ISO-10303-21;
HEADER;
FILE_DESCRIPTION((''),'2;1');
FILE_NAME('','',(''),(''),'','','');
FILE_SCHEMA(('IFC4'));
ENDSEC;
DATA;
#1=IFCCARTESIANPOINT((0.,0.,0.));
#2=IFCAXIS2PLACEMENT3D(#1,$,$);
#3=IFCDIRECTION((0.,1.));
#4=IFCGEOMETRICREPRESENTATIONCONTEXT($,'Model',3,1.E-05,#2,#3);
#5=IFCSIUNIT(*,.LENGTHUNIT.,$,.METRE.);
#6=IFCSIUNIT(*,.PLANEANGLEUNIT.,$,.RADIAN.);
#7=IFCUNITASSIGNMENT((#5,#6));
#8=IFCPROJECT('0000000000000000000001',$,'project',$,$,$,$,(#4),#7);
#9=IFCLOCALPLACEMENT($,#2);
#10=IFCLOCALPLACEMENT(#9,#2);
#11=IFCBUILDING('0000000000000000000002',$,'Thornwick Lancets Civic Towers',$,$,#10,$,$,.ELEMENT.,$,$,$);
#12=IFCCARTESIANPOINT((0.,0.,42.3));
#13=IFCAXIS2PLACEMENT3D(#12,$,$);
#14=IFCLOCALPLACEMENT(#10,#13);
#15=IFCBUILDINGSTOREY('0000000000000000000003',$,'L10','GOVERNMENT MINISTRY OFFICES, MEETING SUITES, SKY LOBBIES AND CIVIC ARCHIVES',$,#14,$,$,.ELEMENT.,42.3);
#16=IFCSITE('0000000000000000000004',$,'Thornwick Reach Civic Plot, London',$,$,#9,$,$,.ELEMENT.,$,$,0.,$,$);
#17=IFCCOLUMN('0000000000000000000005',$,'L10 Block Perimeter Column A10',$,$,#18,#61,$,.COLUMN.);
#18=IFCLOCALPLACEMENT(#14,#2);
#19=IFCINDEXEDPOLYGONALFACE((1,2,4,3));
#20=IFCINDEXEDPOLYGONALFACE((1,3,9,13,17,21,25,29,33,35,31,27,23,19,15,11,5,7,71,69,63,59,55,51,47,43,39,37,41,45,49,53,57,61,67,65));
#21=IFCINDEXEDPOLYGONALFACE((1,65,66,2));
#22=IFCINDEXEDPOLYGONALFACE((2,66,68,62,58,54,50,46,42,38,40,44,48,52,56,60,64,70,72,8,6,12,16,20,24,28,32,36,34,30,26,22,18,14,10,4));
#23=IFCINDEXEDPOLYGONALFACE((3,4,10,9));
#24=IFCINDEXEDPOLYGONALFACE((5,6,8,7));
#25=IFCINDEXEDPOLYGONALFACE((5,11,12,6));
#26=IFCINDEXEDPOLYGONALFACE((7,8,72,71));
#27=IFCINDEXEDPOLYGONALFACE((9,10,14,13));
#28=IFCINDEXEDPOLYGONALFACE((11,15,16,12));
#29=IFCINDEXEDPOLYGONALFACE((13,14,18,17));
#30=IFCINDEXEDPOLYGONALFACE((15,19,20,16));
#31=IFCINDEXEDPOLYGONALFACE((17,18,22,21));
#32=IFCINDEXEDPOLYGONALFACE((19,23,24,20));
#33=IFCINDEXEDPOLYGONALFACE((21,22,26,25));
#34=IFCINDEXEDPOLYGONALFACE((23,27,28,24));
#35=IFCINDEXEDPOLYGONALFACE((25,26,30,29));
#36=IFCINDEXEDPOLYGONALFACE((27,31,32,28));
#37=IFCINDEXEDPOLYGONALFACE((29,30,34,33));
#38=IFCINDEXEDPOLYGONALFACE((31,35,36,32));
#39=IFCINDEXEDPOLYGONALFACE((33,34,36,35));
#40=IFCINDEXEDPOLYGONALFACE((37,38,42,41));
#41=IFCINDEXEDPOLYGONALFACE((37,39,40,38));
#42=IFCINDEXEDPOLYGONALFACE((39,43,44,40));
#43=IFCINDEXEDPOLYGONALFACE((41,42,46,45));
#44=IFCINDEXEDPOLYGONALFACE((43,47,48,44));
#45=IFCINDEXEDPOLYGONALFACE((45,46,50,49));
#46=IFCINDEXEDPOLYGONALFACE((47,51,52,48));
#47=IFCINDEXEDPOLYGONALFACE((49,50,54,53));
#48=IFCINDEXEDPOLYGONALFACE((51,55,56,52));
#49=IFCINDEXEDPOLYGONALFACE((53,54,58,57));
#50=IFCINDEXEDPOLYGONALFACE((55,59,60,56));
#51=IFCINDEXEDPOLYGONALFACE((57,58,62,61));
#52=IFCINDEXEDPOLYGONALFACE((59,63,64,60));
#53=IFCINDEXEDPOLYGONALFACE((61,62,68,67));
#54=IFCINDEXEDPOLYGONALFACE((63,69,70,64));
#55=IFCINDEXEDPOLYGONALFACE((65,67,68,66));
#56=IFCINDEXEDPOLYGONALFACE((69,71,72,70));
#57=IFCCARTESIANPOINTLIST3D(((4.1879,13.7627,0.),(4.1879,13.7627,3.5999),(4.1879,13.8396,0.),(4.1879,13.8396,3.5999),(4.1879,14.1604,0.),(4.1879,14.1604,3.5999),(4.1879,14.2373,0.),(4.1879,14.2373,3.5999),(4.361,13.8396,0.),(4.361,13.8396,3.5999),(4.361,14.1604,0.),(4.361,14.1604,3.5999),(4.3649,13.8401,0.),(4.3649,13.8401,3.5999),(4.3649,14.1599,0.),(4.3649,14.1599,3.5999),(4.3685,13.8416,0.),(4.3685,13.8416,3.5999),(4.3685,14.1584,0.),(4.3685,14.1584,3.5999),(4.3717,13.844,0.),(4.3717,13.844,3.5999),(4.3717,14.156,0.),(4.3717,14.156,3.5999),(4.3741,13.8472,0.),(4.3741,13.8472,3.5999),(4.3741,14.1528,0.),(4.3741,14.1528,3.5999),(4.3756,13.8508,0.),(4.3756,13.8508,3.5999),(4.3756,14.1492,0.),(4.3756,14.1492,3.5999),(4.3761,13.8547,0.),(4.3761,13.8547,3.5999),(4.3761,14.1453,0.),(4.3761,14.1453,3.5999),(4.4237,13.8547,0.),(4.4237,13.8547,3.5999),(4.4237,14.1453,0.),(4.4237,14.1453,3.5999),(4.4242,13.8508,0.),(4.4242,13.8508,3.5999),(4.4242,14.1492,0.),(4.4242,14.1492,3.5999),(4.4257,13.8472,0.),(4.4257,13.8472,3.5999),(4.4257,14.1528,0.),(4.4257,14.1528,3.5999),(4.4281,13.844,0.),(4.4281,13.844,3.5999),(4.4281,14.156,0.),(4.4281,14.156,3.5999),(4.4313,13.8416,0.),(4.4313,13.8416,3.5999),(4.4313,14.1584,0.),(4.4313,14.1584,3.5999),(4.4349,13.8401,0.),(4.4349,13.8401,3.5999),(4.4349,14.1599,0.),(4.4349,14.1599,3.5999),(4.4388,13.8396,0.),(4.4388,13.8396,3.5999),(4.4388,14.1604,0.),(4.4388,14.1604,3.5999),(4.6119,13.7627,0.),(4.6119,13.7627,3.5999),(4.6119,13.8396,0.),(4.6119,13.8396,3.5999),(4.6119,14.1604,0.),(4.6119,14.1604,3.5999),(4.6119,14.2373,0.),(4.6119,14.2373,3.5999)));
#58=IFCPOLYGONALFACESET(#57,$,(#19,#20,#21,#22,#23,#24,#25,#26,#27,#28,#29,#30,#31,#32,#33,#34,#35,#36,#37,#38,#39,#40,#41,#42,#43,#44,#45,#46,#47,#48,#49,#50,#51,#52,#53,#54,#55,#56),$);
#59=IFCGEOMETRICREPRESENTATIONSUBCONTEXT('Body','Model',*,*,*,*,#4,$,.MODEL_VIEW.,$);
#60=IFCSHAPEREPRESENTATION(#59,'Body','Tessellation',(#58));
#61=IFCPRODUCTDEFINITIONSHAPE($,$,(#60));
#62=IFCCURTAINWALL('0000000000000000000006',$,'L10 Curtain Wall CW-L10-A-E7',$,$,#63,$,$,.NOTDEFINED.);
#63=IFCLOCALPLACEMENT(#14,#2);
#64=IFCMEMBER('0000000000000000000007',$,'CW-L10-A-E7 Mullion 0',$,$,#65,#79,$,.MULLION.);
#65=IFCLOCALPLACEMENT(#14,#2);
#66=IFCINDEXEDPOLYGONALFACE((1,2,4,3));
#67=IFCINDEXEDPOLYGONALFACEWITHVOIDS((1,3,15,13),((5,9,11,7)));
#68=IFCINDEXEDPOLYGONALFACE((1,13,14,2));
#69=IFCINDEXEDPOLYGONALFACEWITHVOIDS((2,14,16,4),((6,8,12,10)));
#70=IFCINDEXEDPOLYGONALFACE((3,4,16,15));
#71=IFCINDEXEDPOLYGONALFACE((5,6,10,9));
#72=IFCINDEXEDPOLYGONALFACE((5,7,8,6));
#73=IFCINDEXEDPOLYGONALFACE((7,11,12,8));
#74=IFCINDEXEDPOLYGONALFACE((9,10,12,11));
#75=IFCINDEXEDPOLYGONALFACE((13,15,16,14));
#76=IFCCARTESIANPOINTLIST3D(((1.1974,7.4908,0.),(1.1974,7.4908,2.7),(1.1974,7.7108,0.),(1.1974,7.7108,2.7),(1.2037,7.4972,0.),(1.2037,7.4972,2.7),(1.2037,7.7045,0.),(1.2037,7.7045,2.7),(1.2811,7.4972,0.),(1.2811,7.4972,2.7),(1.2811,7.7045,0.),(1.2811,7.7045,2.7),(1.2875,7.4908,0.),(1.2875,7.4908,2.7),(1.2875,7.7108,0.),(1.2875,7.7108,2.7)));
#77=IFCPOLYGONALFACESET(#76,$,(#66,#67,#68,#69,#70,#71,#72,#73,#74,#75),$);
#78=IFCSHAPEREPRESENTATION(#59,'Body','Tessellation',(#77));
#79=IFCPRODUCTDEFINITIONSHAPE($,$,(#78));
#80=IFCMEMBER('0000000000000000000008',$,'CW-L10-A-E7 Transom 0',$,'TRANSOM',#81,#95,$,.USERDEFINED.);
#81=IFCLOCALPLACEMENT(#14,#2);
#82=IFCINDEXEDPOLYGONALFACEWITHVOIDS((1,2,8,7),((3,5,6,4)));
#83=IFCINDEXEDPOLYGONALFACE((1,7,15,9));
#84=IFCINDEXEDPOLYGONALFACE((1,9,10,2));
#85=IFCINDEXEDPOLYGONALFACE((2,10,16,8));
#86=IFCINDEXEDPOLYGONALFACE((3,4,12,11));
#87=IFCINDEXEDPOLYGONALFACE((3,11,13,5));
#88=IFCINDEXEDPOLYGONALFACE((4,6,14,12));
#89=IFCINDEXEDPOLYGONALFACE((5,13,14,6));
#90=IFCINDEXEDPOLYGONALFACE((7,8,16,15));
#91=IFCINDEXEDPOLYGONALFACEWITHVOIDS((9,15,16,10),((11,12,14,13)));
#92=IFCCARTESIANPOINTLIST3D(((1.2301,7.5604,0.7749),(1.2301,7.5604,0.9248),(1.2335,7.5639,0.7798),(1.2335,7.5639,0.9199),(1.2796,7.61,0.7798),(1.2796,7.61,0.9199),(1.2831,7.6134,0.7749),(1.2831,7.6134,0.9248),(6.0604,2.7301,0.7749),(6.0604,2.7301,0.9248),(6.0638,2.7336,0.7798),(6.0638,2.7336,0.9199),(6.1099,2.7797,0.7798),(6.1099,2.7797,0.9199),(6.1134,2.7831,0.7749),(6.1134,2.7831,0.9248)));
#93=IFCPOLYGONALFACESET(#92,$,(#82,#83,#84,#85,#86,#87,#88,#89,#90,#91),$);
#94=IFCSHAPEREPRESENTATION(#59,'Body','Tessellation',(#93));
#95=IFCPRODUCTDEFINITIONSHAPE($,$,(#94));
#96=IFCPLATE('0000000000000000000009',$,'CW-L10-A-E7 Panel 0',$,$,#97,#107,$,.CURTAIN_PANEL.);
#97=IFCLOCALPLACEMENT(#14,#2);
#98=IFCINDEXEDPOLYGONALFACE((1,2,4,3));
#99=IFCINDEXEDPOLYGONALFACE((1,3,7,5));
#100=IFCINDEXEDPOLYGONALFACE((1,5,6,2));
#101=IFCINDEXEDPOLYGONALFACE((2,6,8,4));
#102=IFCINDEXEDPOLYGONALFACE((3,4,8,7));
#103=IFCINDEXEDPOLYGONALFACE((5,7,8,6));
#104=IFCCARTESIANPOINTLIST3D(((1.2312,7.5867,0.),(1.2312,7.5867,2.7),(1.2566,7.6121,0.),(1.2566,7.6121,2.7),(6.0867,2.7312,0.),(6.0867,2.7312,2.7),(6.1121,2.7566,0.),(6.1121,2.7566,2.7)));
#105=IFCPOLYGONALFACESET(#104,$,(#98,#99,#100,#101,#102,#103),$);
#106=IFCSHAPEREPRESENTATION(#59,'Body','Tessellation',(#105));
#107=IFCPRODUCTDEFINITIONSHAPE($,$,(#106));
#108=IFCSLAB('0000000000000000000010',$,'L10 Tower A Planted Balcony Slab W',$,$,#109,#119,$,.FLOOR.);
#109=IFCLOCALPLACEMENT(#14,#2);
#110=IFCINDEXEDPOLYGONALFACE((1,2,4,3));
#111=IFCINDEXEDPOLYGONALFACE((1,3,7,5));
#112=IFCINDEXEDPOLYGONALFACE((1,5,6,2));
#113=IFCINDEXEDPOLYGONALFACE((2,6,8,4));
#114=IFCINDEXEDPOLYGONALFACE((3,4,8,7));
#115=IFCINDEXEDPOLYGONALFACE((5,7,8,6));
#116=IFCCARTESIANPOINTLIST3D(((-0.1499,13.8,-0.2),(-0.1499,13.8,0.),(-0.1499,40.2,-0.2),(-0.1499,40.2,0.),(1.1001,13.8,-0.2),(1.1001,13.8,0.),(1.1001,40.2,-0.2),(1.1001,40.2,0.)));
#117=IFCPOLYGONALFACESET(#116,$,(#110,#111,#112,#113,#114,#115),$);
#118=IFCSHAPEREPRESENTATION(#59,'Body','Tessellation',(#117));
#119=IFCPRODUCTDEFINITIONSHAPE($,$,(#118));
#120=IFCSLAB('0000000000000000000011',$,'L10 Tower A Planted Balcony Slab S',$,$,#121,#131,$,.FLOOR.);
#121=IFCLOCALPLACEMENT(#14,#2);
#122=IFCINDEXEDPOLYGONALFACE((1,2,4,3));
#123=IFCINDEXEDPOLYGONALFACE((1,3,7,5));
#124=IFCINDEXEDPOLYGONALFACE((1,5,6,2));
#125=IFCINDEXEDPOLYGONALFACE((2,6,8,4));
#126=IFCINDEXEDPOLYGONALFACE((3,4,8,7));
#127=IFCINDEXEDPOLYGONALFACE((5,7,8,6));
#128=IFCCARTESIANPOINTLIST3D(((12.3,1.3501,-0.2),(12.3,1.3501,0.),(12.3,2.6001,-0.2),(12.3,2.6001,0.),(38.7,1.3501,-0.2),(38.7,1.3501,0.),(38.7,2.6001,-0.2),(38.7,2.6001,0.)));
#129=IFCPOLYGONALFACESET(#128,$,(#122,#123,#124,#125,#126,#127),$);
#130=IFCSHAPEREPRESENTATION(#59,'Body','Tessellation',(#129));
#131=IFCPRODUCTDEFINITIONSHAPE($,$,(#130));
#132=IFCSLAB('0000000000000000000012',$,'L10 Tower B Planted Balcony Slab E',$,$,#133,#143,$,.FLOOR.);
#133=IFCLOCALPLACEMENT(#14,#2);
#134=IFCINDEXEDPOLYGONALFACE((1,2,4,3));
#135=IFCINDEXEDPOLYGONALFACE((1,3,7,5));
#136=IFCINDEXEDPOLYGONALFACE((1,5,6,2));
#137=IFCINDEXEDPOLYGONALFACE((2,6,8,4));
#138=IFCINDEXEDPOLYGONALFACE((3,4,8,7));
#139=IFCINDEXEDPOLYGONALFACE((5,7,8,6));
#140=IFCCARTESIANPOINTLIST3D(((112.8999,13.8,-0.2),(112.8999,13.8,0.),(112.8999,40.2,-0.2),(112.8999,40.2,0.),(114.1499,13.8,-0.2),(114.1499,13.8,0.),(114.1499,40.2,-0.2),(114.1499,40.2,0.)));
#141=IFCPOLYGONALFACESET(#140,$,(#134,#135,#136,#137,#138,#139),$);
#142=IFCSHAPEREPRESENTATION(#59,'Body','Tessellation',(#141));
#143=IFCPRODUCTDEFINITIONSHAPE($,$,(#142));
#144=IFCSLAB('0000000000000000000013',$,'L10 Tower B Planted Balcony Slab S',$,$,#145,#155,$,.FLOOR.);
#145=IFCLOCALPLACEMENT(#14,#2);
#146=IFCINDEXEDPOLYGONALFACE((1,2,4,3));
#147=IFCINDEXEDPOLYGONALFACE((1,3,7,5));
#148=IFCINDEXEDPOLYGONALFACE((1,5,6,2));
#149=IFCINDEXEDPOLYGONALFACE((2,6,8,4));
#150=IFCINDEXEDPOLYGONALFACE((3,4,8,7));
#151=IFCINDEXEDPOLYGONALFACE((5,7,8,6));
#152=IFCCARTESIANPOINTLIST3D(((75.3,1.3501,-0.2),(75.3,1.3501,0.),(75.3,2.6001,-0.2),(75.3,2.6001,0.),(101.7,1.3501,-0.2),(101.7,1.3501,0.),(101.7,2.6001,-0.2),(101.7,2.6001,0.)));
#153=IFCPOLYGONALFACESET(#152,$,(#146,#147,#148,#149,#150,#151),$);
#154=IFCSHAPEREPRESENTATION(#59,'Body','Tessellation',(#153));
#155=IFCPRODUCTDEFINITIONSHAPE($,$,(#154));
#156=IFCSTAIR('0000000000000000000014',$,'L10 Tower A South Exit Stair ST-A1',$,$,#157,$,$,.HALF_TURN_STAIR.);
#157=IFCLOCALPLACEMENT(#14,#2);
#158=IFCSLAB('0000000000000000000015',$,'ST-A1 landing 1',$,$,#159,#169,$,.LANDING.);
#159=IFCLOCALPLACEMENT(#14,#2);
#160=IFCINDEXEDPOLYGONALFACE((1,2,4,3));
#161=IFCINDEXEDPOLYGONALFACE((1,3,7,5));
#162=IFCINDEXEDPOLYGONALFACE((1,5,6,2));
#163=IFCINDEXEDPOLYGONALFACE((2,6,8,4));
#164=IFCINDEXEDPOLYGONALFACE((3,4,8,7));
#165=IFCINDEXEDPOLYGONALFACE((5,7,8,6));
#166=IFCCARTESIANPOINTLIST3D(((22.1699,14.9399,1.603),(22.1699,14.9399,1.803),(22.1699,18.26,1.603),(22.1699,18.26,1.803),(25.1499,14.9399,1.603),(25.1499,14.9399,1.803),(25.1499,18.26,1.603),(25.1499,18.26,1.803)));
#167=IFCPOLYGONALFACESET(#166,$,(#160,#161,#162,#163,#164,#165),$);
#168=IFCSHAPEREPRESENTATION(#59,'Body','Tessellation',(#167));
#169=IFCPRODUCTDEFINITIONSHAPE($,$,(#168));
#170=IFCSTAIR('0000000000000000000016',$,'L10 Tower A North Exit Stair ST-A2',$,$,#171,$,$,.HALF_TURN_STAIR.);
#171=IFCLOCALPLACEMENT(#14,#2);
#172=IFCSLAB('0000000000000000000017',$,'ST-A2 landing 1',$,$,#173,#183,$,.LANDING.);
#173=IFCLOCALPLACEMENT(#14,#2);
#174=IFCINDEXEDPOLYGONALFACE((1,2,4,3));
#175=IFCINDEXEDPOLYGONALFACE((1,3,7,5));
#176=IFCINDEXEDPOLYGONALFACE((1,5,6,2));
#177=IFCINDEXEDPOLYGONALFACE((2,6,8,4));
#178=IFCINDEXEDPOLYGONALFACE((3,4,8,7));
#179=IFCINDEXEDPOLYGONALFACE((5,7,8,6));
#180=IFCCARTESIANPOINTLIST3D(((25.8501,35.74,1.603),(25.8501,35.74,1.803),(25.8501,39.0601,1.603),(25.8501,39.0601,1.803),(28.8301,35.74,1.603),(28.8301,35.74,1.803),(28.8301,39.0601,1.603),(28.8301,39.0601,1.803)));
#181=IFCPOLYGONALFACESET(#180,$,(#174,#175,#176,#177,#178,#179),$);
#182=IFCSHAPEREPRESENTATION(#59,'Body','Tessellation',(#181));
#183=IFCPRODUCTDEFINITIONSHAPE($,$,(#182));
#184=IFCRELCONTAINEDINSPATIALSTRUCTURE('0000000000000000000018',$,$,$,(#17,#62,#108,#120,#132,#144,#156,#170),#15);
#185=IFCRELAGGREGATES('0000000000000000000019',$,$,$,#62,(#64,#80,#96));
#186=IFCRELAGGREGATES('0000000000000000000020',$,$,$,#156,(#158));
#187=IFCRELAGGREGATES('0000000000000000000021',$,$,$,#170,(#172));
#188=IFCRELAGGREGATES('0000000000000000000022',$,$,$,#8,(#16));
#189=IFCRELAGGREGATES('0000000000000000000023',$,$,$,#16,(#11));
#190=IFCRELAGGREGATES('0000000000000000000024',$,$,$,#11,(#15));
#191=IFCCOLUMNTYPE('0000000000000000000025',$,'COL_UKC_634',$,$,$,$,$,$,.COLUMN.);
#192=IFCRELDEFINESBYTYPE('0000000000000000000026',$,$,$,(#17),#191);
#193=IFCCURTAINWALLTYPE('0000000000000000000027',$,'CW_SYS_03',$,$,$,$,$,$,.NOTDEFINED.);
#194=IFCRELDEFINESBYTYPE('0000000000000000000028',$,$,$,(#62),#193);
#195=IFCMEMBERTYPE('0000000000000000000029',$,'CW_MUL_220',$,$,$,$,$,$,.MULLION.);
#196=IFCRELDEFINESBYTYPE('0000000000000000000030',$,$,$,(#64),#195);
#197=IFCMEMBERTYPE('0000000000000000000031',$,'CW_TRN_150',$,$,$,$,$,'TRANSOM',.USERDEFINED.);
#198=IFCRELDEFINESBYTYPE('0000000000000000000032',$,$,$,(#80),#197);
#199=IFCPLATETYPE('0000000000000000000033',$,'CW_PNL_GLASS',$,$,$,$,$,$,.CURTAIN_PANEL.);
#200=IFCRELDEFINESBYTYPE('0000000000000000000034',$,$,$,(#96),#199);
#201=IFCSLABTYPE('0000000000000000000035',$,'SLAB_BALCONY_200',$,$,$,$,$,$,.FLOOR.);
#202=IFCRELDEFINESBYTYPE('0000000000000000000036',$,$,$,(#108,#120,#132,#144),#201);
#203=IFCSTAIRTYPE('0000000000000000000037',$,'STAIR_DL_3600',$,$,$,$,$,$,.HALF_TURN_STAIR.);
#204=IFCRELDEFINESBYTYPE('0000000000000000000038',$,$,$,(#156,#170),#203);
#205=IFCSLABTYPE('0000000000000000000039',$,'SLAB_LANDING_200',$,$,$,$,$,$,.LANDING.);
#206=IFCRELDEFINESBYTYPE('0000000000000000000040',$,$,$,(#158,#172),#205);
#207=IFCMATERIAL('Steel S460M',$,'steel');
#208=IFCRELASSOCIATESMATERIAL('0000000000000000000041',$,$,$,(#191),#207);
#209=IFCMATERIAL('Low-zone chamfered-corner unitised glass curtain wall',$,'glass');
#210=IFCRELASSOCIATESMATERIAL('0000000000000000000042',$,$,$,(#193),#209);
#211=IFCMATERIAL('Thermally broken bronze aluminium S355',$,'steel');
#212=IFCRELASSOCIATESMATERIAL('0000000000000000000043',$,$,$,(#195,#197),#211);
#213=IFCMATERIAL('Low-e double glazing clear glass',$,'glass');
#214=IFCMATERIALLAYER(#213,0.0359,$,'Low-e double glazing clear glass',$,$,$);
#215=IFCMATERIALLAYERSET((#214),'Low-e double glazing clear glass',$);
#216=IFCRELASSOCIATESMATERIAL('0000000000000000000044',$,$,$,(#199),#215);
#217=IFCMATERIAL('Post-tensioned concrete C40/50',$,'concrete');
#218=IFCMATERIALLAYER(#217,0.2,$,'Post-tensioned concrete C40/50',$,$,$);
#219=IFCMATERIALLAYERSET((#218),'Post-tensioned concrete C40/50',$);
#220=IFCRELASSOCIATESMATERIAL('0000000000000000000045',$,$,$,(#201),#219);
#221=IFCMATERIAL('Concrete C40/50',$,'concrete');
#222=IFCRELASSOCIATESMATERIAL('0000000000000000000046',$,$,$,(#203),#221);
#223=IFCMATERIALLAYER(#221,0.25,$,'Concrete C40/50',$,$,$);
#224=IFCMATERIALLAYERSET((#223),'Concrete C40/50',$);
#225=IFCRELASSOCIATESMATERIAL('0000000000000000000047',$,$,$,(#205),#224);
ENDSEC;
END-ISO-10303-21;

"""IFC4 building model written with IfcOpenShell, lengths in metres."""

from ifc_helpers import new_model, si_unit, direction, frame, origin, origin_2d, place, context, subcontext, project, spatial, polyline, rectangle, hollow_rectangle, i_section, outline, extrude, material, layer, layer_set, material_profile, profile_set, type_object, element, aggregate, save


model = new_model("IFC4")

# Units and contexts
model_context = context("Model", 3, precision=1e-05, world=origin(), true_north=direction((0.0, 1.0)))
body_context = subcontext(model_context, "Body", "Model", "MODEL_VIEW")
ifc_project = project(units=[si_unit("LENGTHUNIT", "METRE"), si_unit("PLANEANGLEUNIT", "RADIAN")], contexts=[model_context])

# Site, building, storey
site_placement = place(None, origin())
site = spatial("IfcSite", under=ifc_project, at=site_placement, Name="Thornwick Reach Civic Plot, London", CompositionType="ELEMENT", RefElevation=0.0)
building_placement = place(site_placement, origin())
building = spatial("IfcBuilding", under=site, at=building_placement, Name="Thornwick Lancets Civic Towers", CompositionType="ELEMENT")
storey_placement = place(building_placement, frame((0.0, 0.0, 42.3)))
storey = spatial("IfcBuildingStorey", under=building, at=storey_placement, Name="L10", Description="GOVERNMENT MINISTRY OFFICES, MEETING SUITES, SKY LOBBIES AND CIVIC ARCHIVES", CompositionType="ELEMENT", Elevation=42.3)

# Column
ifc_material_1 = material(Name="Steel S460M", Category="steel")
ifc_material_profile_1 = material_profile(ifc_material_1, i_section(OverallWidth=0.4241, OverallDepth=0.4746, WebThickness=0.0476, FlangeThickness=0.0769, FilletRadius=0.0151, at=origin_2d()), Name="UKC 356x406x634")
ifc_profile_set_1 = profile_set([ifc_material_profile_1], Name="Steel S460M")
column_type = type_object("IfcColumnType", Name="COL_UKC_634", PredefinedType="COLUMN", material=ifc_profile_set_1)
column_placement = place(storey_placement, frame((4.3999, 14.0, 0.0), z_axis=(0.0, 0.0, 1.0), x_axis=(1.0, 0.0, 0.0)))
element("IfcColumn", 1, at=column_placement, inside=storey, type_object=column_type, Name="L10 Block Perimeter Column A10", PredefinedType="COLUMN", context=body_context, shape_type="SweptSolid", body=[
    extrude(i_section(OverallWidth=0.4241, OverallDepth=0.4746, WebThickness=0.0476, FlangeThickness=0.0769, FilletRadius=0.0151, at=origin_2d()), origin(), (0.0, 0.0, 1.0), 3.5999),
])

# Curtain wall, members, plate
ifc_material_2 = material(Name="Low-zone chamfered-corner unitised glass curtain wall", Category="glass")
curtain_wall_type = type_object("IfcCurtainWallType", Name="CW_SYS_03", PredefinedType="NOTDEFINED", material=ifc_material_2)
curtain_wall_placement = place(storey_placement, origin())
curtain_wall = element("IfcCurtainWall", 2, at=curtain_wall_placement, inside=storey, type_object=curtain_wall_type, Name="L10 Curtain Wall CW-L10-A-E7", PredefinedType="NOTDEFINED")
ifc_material_3 = material(Name="Thermally broken bronze aluminium S355", Category="steel")
ifc_material_profile_2 = material_profile(ifc_material_3, hollow_rectangle(XDim=0.0901, YDim=0.22, WallThickness=0.0063, at=origin_2d()), Name="RHS 220x90x6.3")
ifc_profile_set_2 = profile_set([ifc_material_profile_2], Name="Thermally broken bronze aluminium S355")
member_type_1 = type_object("IfcMemberType", Name="CW_MUL_220", PredefinedType="MULLION", material=ifc_profile_set_2)
member_1_placement = place(storey_placement, frame((1.2424, 7.6008, 0.0), z_axis=(0.0, 0.0, 1.0), x_axis=(1.0, 0.0, 0.0)))
member_1 = element("IfcMember", 3, at=member_1_placement, type_object=member_type_1, Name="CW-L10-A-E7 Mullion 0", PredefinedType="MULLION", context=body_context, shape_type="SweptSolid", body=[
    extrude(hollow_rectangle(XDim=0.0901, YDim=0.22, WallThickness=0.0063, at=origin_2d()), origin(), (0.0, 0.0, 1.0), 2.7),
])
ifc_material_profile_3 = material_profile(ifc_material_3, hollow_rectangle(XDim=0.075, YDim=0.1499, WallThickness=0.0049, at=origin_2d()), Name="RHS 150x75x5")
ifc_profile_set_3 = profile_set([ifc_material_profile_3], Name="Thermally broken bronze aluminium S355")
member_type_2 = type_object("IfcMemberType", Name="CW_TRN_150", ElementType="TRANSOM", PredefinedType="USERDEFINED", material=ifc_profile_set_3)
member_2_placement = place(storey_placement, frame((1.2566, 7.5869, 0.8499), z_axis=(0.707107, -0.707107, 0.0), x_axis=(0.707107, 0.707107, 0.0)))
member_2 = element("IfcMember", 4, at=member_2_placement, type_object=member_type_2, Name="CW-L10-A-E7 Transom 0", ObjectType="TRANSOM", PredefinedType="USERDEFINED", context=body_context, shape_type="SweptSolid", body=[
    extrude(hollow_rectangle(XDim=0.075, YDim=0.1499, WallThickness=0.0049, at=origin_2d()), origin(), (0.0, 0.0, 1.0), 6.8311),
])
ifc_material_4 = material(Name="Low-e double glazing clear glass", Category="glass")
ifc_layer_1 = layer(ifc_material_4, 0.0359, Name="Low-e double glazing clear glass")
ifc_layer_set_1 = layer_set([ifc_layer_1], Name="Low-e double glazing clear glass")
plate_type = type_object("IfcPlateType", Name="CW_PNL_GLASS", PredefinedType="CURTAIN_PANEL", material=ifc_layer_set_1)
plate_placement = place(storey_placement, frame((3.6716, 5.1716, 0.0), z_axis=(0.0, 0.0, 1.0), x_axis=(0.707107, -0.707107, 0.0)))
plate = element("IfcPlate", 5, at=plate_placement, type_object=plate_type, Name="CW-L10-A-E7 Panel 0", PredefinedType="CURTAIN_PANEL", context=body_context, shape_type="SweptSolid", body=[
    extrude(rectangle(XDim=6.8667, YDim=0.0359, at=origin_2d()), origin(), (0.0, 0.0, 1.0), 2.7),
])
aggregate(curtain_wall, [member_1, member_2, plate])

# Slabs
ifc_material_5 = material(Name="Post-tensioned concrete C40/50", Category="concrete")
ifc_layer_2 = layer(ifc_material_5, 0.2, Name="Post-tensioned concrete C40/50")
ifc_layer_set_2 = layer_set([ifc_layer_2], Name="Post-tensioned concrete C40/50")
slab_type_1 = type_object("IfcSlabType", Name="SLAB_BALCONY_200", PredefinedType="FLOOR", material=ifc_layer_set_2)
slab_1_placement = place(storey_placement, frame((0.0, 0.0, -0.2)))
element("IfcSlab", 6, at=slab_1_placement, inside=storey, type_object=slab_type_1, Name="L10 Tower A Planted Balcony Slab W", PredefinedType="FLOOR", context=body_context, shape_type="SweptSolid", body=[
    extrude(outline(polyline([(-0.1499, 13.8), (1.1001, 13.8), (1.1001, 40.2), (-0.1499, 40.2), (-0.1499, 13.8)])), origin(), (0.0, 0.0, 1.0), 0.2),
])
slab_2_placement = place(storey_placement, frame((0.0, 0.0, -0.2)))
element("IfcSlab", 7, at=slab_2_placement, inside=storey, type_object=slab_type_1, Name="L10 Tower A Planted Balcony Slab S", PredefinedType="FLOOR", context=body_context, shape_type="SweptSolid", body=[
    extrude(outline(polyline([(12.3, 1.3501), (38.7, 1.3501), (38.7, 2.6001), (12.3, 2.6001), (12.3, 1.3501)])), origin(), (0.0, 0.0, 1.0), 0.2),
])
slab_3_placement = place(storey_placement, frame((0.0, 0.0, -0.2)))
element("IfcSlab", 8, at=slab_3_placement, inside=storey, type_object=slab_type_1, Name="L10 Tower B Planted Balcony Slab E", PredefinedType="FLOOR", context=body_context, shape_type="SweptSolid", body=[
    extrude(outline(polyline([(112.8999, 13.8), (114.1499, 13.8), (114.1499, 40.2), (112.8999, 40.2), (112.8999, 13.8)])), origin(), (0.0, 0.0, 1.0), 0.2),
])
slab_4_placement = place(storey_placement, frame((0.0, 0.0, -0.2)))
element("IfcSlab", 9, at=slab_4_placement, inside=storey, type_object=slab_type_1, Name="L10 Tower B Planted Balcony Slab S", PredefinedType="FLOOR", context=body_context, shape_type="SweptSolid", body=[
    extrude(outline(polyline([(75.3, 1.3501), (101.7, 1.3501), (101.7, 2.6001), (75.3, 2.6001), (75.3, 1.3501)])), origin(), (0.0, 0.0, 1.0), 0.2),
])

# Stairs, slabs
ifc_material_6 = material(Name="Concrete C40/50", Category="concrete")
stair_type = type_object("IfcStairType", Name="STAIR_DL_3600", PredefinedType="HALF_TURN_STAIR", material=ifc_material_6)
stair_1_placement = place(storey_placement, origin())
stair_1 = element("IfcStair", 10, at=stair_1_placement, inside=storey, type_object=stair_type, Name="L10 Tower A South Exit Stair ST-A1", PredefinedType="HALF_TURN_STAIR")
ifc_layer_3 = layer(ifc_material_6, 0.25, Name="Concrete C40/50")
ifc_layer_set_3 = layer_set([ifc_layer_3], Name="Concrete C40/50")
slab_type_2 = type_object("IfcSlabType", Name="SLAB_LANDING_200", PredefinedType="LANDING", material=ifc_layer_set_3)
slab_5_placement = place(storey_placement, frame((0.0, 0.0, 1.603)))
slab_5 = element("IfcSlab", 11, at=slab_5_placement, type_object=slab_type_2, Name="ST-A1 landing 1", PredefinedType="LANDING", context=body_context, shape_type="SweptSolid", body=[
    extrude(outline(polyline([(22.1699, 14.9399), (25.1499, 14.9399), (25.1499, 18.26), (22.1699, 18.26), (22.1699, 14.9399)])), origin(), (0.0, 0.0, 1.0), 0.2),
])
aggregate(stair_1, [slab_5])
stair_2_placement = place(storey_placement, origin())
stair_2 = element("IfcStair", 12, at=stair_2_placement, inside=storey, type_object=stair_type, Name="L10 Tower A North Exit Stair ST-A2", PredefinedType="HALF_TURN_STAIR")
slab_6_placement = place(storey_placement, frame((0.0, 0.0, 1.603)))
slab_6 = element("IfcSlab", 13, at=slab_6_placement, type_object=slab_type_2, Name="ST-A2 landing 1", PredefinedType="LANDING", context=body_context, shape_type="SweptSolid", body=[
    extrude(outline(polyline([(28.8301, 39.0601), (25.8501, 39.0601), (25.8501, 35.74), (28.8301, 35.74), (28.8301, 39.0601)])), origin(), (0.0, 0.0, 1.0), 0.2),
])
aggregate(stair_2, [slab_6])

save(model, "model.ifc")
